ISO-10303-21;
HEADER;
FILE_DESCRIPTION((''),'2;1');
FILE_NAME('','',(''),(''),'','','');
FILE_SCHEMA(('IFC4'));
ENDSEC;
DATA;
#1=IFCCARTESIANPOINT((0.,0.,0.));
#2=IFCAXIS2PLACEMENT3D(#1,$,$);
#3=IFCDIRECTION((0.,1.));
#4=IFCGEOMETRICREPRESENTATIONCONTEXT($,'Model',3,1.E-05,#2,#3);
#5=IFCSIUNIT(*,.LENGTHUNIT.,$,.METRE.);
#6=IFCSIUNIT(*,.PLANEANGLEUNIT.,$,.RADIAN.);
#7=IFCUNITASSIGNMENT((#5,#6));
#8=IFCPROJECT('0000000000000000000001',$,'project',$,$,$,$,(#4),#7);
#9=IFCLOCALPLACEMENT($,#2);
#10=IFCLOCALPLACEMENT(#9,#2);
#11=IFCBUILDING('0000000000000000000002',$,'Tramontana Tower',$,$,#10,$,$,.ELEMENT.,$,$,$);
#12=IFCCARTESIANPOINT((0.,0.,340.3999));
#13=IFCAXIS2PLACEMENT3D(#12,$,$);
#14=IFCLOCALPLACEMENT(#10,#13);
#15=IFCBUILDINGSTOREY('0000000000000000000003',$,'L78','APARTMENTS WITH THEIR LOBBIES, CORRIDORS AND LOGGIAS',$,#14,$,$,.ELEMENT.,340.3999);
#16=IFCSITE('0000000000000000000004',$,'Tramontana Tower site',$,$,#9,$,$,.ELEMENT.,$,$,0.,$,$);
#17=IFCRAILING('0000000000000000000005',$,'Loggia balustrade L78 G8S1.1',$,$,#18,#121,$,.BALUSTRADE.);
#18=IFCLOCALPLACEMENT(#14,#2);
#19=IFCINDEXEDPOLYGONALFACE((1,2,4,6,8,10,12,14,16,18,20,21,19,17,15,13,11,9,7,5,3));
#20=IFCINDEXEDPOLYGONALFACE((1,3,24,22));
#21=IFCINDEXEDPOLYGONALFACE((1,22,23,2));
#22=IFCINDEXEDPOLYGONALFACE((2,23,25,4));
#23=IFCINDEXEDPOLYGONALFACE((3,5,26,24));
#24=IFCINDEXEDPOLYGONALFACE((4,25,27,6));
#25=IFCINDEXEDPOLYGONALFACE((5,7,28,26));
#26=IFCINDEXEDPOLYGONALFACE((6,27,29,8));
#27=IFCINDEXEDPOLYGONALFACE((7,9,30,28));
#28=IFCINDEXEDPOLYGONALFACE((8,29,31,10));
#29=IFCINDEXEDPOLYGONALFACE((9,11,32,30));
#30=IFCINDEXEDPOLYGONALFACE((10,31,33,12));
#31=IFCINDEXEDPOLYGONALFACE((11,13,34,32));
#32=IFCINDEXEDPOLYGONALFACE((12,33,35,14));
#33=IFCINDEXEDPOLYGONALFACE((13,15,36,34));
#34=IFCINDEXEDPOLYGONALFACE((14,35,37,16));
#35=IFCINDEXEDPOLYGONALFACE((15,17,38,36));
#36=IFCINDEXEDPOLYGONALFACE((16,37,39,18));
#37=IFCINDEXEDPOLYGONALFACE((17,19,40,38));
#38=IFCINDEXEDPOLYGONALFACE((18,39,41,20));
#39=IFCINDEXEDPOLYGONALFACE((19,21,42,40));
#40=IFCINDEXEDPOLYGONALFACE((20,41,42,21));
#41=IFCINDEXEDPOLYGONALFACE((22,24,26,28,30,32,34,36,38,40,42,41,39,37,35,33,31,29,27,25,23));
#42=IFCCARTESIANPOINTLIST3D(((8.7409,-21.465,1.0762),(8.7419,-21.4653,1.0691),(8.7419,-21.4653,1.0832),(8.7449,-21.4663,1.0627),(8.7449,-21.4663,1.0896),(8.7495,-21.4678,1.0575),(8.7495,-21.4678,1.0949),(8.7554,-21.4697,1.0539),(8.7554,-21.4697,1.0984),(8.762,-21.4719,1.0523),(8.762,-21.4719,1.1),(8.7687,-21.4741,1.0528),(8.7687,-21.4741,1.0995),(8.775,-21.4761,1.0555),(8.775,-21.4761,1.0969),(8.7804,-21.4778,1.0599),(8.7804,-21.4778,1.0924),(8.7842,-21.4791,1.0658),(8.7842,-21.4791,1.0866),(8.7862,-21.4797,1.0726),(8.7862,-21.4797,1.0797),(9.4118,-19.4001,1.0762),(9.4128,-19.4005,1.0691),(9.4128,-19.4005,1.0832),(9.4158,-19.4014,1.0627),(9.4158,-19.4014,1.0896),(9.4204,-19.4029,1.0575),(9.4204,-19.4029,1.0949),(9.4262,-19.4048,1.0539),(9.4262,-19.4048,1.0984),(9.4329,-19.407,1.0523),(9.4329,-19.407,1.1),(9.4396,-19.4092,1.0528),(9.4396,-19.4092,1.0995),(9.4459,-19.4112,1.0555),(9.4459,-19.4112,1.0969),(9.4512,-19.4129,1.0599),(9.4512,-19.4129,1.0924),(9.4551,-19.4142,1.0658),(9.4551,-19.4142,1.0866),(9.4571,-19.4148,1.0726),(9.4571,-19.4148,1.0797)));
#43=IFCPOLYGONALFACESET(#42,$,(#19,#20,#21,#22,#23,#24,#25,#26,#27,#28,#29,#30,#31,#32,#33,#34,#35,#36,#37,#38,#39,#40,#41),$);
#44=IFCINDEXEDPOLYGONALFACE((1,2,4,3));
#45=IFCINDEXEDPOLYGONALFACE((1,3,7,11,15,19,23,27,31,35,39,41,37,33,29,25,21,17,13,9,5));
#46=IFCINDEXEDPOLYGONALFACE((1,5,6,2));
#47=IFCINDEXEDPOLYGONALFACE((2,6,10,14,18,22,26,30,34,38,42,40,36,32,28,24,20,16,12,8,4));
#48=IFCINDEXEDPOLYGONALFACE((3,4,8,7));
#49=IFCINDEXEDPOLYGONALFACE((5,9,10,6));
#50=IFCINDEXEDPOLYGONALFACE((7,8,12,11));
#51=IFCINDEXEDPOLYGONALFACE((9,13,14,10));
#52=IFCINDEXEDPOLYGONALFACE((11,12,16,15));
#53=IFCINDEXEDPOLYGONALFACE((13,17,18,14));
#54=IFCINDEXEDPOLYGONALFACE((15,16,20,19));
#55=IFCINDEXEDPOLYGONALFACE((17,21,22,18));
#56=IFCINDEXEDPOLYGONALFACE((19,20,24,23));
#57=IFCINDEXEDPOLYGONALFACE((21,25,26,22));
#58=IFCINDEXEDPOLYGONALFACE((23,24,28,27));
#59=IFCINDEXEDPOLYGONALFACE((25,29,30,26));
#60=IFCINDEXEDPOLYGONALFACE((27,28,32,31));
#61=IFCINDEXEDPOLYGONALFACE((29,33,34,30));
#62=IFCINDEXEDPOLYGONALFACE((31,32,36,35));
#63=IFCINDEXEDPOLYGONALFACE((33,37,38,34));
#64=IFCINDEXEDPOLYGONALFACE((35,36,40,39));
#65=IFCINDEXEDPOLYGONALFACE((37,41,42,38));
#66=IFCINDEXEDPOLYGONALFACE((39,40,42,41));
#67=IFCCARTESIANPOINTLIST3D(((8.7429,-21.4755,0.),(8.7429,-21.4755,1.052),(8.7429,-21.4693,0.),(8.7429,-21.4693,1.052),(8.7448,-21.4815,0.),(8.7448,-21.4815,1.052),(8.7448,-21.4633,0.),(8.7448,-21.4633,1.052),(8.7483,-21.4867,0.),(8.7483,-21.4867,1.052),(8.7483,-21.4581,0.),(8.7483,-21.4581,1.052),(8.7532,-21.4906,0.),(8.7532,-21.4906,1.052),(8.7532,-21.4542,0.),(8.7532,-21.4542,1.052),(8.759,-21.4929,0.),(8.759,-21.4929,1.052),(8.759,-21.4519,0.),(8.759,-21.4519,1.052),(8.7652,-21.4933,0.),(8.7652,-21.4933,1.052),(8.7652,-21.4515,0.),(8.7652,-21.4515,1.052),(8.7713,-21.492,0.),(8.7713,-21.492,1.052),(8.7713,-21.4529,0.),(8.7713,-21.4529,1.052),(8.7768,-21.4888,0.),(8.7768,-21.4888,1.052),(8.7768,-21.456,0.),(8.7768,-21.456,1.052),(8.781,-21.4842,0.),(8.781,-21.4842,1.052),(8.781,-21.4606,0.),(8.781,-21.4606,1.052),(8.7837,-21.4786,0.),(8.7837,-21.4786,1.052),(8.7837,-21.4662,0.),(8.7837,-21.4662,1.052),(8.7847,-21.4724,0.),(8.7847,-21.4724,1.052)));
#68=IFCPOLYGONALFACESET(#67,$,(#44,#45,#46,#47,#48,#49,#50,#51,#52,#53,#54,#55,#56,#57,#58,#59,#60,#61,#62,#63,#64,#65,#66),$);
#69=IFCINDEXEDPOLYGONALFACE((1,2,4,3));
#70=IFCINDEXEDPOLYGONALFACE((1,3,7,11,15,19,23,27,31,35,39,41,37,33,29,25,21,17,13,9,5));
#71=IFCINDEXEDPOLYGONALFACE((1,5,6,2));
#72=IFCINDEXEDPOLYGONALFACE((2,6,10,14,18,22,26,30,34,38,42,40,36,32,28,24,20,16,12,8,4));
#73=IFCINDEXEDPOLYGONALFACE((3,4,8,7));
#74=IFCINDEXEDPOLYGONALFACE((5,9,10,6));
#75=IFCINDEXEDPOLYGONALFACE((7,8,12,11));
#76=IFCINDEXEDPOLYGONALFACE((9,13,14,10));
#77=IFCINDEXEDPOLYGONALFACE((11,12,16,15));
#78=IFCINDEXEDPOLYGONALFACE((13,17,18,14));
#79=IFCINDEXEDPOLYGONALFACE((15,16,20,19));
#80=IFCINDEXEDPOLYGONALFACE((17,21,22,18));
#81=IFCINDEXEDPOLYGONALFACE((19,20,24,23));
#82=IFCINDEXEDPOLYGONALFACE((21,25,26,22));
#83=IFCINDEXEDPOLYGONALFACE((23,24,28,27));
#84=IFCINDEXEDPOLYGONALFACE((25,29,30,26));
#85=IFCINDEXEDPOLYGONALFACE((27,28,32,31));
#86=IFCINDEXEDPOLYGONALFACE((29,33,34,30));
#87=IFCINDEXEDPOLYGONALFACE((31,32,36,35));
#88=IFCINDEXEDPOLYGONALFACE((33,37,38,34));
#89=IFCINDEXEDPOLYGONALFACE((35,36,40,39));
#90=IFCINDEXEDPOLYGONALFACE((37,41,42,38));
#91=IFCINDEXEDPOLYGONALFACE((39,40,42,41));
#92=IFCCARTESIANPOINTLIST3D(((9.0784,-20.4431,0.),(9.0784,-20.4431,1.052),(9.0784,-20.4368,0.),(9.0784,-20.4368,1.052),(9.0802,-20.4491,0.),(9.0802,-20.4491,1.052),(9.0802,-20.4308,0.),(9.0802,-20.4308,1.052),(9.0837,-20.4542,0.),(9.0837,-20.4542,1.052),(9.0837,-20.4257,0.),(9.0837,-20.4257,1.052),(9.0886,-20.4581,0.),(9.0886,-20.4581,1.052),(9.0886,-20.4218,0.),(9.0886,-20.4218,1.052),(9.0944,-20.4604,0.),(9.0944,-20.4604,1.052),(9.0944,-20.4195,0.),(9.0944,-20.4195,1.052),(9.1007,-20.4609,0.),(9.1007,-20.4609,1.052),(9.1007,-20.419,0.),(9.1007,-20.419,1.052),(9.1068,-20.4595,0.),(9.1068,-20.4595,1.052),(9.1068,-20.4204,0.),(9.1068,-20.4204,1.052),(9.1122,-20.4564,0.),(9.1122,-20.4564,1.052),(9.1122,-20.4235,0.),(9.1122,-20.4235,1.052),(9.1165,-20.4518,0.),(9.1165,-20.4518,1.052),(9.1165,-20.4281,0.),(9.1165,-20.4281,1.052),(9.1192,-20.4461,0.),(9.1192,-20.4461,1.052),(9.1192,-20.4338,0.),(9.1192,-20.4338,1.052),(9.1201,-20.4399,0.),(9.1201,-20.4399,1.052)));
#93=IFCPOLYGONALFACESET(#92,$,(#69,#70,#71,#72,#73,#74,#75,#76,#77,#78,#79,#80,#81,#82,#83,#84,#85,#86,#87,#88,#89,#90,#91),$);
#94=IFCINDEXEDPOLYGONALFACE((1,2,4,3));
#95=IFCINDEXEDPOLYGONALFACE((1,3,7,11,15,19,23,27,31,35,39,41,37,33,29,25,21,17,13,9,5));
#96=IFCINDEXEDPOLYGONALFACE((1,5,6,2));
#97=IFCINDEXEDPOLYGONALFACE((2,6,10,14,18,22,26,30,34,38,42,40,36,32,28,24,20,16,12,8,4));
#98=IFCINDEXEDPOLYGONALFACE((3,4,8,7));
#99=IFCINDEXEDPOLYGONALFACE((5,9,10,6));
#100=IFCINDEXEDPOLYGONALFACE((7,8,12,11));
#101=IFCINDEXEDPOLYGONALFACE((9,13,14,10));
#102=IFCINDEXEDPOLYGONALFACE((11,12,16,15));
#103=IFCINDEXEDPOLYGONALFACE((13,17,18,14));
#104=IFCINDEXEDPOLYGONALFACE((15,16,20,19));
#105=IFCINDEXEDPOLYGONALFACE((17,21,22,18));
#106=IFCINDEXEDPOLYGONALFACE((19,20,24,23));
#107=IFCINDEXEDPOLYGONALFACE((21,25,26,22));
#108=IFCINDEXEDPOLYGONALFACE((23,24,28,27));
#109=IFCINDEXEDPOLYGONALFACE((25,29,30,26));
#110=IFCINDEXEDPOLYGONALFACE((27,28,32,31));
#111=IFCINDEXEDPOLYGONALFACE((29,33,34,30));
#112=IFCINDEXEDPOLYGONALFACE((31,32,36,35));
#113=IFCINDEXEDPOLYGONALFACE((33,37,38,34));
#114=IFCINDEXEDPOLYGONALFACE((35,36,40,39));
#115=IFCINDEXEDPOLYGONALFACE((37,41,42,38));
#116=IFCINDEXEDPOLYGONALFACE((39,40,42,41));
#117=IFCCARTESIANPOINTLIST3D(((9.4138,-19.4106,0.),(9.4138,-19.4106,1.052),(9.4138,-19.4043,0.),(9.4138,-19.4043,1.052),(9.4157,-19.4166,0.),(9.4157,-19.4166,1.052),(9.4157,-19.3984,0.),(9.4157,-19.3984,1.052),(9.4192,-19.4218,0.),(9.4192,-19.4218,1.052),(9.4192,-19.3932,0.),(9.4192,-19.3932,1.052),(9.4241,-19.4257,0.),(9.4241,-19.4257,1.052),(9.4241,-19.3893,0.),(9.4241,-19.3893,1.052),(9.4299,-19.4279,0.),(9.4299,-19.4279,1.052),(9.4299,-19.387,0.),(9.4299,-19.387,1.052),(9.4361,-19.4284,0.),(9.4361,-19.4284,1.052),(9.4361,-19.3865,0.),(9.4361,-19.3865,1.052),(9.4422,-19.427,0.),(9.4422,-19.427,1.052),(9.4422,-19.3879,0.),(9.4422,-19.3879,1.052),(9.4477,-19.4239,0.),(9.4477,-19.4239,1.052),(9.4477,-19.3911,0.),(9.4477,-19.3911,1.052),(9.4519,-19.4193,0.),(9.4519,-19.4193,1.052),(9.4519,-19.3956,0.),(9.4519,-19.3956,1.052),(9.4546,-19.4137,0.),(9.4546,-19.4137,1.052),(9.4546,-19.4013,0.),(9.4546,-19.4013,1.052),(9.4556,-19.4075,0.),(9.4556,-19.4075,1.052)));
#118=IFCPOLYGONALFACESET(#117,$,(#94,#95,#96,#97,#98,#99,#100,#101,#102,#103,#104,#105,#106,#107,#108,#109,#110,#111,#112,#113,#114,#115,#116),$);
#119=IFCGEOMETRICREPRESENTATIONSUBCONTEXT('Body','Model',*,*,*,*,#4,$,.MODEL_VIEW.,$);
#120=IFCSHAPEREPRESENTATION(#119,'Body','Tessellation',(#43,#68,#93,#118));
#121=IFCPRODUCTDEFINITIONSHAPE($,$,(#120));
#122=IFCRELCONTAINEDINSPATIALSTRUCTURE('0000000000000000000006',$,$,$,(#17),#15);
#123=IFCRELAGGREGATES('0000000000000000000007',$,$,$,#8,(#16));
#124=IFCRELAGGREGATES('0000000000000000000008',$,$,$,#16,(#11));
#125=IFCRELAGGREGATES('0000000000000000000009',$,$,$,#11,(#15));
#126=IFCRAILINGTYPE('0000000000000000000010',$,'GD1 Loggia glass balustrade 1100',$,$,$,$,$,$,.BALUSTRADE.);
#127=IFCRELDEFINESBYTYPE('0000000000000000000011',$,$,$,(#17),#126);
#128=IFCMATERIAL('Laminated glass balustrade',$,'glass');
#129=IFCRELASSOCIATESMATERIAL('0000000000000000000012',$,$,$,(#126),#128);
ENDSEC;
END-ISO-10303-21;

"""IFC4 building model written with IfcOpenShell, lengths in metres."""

from ifc_helpers import new_model, si_unit, direction, frame, origin, origin_2d, place, context, subcontext, project, spatial, circle, extrude, material, type_object, element, save


model = new_model("IFC4")

# Units and contexts
model_context = context("Model", 3, precision=1e-05, world=origin(), true_north=direction((0.0, 1.0)))
body_context = subcontext(model_context, "Body", "Model", "MODEL_VIEW")
ifc_project = project(units=[si_unit("LENGTHUNIT", "METRE"), si_unit("PLANEANGLEUNIT", "RADIAN")], contexts=[model_context])

# Site, building, storey
site_placement = place(None, origin())
site = spatial("IfcSite", under=ifc_project, at=site_placement, Name="Tramontana Tower site", CompositionType="ELEMENT", RefElevation=0.0)
building_placement = place(site_placement, origin())
building = spatial("IfcBuilding", under=site, at=building_placement, Name="Tramontana Tower", CompositionType="ELEMENT")
storey_placement = place(building_placement, frame((0.0, 0.0, 340.3999)))
storey = spatial("IfcBuildingStorey", under=building, at=storey_placement, Name="L78", Description="APARTMENTS WITH THEIR LOBBIES, CORRIDORS AND LOGGIAS", CompositionType="ELEMENT", Elevation=340.3999)

# Railing
ifc_material_1 = material(Name="Laminated glass balustrade", Category="glass")
railing_type = type_object("IfcRailingType", Name="GD1 Loggia glass balustrade 1100", PredefinedType="BALUSTRADE", material=ifc_material_1)
railing_1_placement = place(storey_placement, frame((8.7637, -21.4724, 0.0)))
element("IfcRailing", 1, at=railing_1_placement, inside=storey, type_object=railing_type, Name="Loggia balustrade L78 G8S1.1", PredefinedType="BALUSTRADE", context=body_context, shape_type="SweptSolid", body=[
    extrude(circle(Radius=0.0239, at=origin_2d()), frame((0.0, 0.0, 1.0762), z_axis=(0.309, 0.951062, 0.0), x_axis=(-0.951062, 0.309, 0.0)), (0.0, 0.0, 1.0), 2.1711),
    extrude(circle(Radius=0.021, at=origin_2d()), origin(), (0.0, 0.0, 1.0), 1.052),
    extrude(circle(Radius=0.021, at=origin_2d()), frame((0.3354, 1.0325, 0.0)), (0.0, 0.0, 1.0), 1.052),
    extrude(circle(Radius=0.021, at=origin_2d()), frame((0.6709, 2.0649, 0.0)), (0.0, 0.0, 1.0), 1.052),
])

save(model, "model.ifc")
